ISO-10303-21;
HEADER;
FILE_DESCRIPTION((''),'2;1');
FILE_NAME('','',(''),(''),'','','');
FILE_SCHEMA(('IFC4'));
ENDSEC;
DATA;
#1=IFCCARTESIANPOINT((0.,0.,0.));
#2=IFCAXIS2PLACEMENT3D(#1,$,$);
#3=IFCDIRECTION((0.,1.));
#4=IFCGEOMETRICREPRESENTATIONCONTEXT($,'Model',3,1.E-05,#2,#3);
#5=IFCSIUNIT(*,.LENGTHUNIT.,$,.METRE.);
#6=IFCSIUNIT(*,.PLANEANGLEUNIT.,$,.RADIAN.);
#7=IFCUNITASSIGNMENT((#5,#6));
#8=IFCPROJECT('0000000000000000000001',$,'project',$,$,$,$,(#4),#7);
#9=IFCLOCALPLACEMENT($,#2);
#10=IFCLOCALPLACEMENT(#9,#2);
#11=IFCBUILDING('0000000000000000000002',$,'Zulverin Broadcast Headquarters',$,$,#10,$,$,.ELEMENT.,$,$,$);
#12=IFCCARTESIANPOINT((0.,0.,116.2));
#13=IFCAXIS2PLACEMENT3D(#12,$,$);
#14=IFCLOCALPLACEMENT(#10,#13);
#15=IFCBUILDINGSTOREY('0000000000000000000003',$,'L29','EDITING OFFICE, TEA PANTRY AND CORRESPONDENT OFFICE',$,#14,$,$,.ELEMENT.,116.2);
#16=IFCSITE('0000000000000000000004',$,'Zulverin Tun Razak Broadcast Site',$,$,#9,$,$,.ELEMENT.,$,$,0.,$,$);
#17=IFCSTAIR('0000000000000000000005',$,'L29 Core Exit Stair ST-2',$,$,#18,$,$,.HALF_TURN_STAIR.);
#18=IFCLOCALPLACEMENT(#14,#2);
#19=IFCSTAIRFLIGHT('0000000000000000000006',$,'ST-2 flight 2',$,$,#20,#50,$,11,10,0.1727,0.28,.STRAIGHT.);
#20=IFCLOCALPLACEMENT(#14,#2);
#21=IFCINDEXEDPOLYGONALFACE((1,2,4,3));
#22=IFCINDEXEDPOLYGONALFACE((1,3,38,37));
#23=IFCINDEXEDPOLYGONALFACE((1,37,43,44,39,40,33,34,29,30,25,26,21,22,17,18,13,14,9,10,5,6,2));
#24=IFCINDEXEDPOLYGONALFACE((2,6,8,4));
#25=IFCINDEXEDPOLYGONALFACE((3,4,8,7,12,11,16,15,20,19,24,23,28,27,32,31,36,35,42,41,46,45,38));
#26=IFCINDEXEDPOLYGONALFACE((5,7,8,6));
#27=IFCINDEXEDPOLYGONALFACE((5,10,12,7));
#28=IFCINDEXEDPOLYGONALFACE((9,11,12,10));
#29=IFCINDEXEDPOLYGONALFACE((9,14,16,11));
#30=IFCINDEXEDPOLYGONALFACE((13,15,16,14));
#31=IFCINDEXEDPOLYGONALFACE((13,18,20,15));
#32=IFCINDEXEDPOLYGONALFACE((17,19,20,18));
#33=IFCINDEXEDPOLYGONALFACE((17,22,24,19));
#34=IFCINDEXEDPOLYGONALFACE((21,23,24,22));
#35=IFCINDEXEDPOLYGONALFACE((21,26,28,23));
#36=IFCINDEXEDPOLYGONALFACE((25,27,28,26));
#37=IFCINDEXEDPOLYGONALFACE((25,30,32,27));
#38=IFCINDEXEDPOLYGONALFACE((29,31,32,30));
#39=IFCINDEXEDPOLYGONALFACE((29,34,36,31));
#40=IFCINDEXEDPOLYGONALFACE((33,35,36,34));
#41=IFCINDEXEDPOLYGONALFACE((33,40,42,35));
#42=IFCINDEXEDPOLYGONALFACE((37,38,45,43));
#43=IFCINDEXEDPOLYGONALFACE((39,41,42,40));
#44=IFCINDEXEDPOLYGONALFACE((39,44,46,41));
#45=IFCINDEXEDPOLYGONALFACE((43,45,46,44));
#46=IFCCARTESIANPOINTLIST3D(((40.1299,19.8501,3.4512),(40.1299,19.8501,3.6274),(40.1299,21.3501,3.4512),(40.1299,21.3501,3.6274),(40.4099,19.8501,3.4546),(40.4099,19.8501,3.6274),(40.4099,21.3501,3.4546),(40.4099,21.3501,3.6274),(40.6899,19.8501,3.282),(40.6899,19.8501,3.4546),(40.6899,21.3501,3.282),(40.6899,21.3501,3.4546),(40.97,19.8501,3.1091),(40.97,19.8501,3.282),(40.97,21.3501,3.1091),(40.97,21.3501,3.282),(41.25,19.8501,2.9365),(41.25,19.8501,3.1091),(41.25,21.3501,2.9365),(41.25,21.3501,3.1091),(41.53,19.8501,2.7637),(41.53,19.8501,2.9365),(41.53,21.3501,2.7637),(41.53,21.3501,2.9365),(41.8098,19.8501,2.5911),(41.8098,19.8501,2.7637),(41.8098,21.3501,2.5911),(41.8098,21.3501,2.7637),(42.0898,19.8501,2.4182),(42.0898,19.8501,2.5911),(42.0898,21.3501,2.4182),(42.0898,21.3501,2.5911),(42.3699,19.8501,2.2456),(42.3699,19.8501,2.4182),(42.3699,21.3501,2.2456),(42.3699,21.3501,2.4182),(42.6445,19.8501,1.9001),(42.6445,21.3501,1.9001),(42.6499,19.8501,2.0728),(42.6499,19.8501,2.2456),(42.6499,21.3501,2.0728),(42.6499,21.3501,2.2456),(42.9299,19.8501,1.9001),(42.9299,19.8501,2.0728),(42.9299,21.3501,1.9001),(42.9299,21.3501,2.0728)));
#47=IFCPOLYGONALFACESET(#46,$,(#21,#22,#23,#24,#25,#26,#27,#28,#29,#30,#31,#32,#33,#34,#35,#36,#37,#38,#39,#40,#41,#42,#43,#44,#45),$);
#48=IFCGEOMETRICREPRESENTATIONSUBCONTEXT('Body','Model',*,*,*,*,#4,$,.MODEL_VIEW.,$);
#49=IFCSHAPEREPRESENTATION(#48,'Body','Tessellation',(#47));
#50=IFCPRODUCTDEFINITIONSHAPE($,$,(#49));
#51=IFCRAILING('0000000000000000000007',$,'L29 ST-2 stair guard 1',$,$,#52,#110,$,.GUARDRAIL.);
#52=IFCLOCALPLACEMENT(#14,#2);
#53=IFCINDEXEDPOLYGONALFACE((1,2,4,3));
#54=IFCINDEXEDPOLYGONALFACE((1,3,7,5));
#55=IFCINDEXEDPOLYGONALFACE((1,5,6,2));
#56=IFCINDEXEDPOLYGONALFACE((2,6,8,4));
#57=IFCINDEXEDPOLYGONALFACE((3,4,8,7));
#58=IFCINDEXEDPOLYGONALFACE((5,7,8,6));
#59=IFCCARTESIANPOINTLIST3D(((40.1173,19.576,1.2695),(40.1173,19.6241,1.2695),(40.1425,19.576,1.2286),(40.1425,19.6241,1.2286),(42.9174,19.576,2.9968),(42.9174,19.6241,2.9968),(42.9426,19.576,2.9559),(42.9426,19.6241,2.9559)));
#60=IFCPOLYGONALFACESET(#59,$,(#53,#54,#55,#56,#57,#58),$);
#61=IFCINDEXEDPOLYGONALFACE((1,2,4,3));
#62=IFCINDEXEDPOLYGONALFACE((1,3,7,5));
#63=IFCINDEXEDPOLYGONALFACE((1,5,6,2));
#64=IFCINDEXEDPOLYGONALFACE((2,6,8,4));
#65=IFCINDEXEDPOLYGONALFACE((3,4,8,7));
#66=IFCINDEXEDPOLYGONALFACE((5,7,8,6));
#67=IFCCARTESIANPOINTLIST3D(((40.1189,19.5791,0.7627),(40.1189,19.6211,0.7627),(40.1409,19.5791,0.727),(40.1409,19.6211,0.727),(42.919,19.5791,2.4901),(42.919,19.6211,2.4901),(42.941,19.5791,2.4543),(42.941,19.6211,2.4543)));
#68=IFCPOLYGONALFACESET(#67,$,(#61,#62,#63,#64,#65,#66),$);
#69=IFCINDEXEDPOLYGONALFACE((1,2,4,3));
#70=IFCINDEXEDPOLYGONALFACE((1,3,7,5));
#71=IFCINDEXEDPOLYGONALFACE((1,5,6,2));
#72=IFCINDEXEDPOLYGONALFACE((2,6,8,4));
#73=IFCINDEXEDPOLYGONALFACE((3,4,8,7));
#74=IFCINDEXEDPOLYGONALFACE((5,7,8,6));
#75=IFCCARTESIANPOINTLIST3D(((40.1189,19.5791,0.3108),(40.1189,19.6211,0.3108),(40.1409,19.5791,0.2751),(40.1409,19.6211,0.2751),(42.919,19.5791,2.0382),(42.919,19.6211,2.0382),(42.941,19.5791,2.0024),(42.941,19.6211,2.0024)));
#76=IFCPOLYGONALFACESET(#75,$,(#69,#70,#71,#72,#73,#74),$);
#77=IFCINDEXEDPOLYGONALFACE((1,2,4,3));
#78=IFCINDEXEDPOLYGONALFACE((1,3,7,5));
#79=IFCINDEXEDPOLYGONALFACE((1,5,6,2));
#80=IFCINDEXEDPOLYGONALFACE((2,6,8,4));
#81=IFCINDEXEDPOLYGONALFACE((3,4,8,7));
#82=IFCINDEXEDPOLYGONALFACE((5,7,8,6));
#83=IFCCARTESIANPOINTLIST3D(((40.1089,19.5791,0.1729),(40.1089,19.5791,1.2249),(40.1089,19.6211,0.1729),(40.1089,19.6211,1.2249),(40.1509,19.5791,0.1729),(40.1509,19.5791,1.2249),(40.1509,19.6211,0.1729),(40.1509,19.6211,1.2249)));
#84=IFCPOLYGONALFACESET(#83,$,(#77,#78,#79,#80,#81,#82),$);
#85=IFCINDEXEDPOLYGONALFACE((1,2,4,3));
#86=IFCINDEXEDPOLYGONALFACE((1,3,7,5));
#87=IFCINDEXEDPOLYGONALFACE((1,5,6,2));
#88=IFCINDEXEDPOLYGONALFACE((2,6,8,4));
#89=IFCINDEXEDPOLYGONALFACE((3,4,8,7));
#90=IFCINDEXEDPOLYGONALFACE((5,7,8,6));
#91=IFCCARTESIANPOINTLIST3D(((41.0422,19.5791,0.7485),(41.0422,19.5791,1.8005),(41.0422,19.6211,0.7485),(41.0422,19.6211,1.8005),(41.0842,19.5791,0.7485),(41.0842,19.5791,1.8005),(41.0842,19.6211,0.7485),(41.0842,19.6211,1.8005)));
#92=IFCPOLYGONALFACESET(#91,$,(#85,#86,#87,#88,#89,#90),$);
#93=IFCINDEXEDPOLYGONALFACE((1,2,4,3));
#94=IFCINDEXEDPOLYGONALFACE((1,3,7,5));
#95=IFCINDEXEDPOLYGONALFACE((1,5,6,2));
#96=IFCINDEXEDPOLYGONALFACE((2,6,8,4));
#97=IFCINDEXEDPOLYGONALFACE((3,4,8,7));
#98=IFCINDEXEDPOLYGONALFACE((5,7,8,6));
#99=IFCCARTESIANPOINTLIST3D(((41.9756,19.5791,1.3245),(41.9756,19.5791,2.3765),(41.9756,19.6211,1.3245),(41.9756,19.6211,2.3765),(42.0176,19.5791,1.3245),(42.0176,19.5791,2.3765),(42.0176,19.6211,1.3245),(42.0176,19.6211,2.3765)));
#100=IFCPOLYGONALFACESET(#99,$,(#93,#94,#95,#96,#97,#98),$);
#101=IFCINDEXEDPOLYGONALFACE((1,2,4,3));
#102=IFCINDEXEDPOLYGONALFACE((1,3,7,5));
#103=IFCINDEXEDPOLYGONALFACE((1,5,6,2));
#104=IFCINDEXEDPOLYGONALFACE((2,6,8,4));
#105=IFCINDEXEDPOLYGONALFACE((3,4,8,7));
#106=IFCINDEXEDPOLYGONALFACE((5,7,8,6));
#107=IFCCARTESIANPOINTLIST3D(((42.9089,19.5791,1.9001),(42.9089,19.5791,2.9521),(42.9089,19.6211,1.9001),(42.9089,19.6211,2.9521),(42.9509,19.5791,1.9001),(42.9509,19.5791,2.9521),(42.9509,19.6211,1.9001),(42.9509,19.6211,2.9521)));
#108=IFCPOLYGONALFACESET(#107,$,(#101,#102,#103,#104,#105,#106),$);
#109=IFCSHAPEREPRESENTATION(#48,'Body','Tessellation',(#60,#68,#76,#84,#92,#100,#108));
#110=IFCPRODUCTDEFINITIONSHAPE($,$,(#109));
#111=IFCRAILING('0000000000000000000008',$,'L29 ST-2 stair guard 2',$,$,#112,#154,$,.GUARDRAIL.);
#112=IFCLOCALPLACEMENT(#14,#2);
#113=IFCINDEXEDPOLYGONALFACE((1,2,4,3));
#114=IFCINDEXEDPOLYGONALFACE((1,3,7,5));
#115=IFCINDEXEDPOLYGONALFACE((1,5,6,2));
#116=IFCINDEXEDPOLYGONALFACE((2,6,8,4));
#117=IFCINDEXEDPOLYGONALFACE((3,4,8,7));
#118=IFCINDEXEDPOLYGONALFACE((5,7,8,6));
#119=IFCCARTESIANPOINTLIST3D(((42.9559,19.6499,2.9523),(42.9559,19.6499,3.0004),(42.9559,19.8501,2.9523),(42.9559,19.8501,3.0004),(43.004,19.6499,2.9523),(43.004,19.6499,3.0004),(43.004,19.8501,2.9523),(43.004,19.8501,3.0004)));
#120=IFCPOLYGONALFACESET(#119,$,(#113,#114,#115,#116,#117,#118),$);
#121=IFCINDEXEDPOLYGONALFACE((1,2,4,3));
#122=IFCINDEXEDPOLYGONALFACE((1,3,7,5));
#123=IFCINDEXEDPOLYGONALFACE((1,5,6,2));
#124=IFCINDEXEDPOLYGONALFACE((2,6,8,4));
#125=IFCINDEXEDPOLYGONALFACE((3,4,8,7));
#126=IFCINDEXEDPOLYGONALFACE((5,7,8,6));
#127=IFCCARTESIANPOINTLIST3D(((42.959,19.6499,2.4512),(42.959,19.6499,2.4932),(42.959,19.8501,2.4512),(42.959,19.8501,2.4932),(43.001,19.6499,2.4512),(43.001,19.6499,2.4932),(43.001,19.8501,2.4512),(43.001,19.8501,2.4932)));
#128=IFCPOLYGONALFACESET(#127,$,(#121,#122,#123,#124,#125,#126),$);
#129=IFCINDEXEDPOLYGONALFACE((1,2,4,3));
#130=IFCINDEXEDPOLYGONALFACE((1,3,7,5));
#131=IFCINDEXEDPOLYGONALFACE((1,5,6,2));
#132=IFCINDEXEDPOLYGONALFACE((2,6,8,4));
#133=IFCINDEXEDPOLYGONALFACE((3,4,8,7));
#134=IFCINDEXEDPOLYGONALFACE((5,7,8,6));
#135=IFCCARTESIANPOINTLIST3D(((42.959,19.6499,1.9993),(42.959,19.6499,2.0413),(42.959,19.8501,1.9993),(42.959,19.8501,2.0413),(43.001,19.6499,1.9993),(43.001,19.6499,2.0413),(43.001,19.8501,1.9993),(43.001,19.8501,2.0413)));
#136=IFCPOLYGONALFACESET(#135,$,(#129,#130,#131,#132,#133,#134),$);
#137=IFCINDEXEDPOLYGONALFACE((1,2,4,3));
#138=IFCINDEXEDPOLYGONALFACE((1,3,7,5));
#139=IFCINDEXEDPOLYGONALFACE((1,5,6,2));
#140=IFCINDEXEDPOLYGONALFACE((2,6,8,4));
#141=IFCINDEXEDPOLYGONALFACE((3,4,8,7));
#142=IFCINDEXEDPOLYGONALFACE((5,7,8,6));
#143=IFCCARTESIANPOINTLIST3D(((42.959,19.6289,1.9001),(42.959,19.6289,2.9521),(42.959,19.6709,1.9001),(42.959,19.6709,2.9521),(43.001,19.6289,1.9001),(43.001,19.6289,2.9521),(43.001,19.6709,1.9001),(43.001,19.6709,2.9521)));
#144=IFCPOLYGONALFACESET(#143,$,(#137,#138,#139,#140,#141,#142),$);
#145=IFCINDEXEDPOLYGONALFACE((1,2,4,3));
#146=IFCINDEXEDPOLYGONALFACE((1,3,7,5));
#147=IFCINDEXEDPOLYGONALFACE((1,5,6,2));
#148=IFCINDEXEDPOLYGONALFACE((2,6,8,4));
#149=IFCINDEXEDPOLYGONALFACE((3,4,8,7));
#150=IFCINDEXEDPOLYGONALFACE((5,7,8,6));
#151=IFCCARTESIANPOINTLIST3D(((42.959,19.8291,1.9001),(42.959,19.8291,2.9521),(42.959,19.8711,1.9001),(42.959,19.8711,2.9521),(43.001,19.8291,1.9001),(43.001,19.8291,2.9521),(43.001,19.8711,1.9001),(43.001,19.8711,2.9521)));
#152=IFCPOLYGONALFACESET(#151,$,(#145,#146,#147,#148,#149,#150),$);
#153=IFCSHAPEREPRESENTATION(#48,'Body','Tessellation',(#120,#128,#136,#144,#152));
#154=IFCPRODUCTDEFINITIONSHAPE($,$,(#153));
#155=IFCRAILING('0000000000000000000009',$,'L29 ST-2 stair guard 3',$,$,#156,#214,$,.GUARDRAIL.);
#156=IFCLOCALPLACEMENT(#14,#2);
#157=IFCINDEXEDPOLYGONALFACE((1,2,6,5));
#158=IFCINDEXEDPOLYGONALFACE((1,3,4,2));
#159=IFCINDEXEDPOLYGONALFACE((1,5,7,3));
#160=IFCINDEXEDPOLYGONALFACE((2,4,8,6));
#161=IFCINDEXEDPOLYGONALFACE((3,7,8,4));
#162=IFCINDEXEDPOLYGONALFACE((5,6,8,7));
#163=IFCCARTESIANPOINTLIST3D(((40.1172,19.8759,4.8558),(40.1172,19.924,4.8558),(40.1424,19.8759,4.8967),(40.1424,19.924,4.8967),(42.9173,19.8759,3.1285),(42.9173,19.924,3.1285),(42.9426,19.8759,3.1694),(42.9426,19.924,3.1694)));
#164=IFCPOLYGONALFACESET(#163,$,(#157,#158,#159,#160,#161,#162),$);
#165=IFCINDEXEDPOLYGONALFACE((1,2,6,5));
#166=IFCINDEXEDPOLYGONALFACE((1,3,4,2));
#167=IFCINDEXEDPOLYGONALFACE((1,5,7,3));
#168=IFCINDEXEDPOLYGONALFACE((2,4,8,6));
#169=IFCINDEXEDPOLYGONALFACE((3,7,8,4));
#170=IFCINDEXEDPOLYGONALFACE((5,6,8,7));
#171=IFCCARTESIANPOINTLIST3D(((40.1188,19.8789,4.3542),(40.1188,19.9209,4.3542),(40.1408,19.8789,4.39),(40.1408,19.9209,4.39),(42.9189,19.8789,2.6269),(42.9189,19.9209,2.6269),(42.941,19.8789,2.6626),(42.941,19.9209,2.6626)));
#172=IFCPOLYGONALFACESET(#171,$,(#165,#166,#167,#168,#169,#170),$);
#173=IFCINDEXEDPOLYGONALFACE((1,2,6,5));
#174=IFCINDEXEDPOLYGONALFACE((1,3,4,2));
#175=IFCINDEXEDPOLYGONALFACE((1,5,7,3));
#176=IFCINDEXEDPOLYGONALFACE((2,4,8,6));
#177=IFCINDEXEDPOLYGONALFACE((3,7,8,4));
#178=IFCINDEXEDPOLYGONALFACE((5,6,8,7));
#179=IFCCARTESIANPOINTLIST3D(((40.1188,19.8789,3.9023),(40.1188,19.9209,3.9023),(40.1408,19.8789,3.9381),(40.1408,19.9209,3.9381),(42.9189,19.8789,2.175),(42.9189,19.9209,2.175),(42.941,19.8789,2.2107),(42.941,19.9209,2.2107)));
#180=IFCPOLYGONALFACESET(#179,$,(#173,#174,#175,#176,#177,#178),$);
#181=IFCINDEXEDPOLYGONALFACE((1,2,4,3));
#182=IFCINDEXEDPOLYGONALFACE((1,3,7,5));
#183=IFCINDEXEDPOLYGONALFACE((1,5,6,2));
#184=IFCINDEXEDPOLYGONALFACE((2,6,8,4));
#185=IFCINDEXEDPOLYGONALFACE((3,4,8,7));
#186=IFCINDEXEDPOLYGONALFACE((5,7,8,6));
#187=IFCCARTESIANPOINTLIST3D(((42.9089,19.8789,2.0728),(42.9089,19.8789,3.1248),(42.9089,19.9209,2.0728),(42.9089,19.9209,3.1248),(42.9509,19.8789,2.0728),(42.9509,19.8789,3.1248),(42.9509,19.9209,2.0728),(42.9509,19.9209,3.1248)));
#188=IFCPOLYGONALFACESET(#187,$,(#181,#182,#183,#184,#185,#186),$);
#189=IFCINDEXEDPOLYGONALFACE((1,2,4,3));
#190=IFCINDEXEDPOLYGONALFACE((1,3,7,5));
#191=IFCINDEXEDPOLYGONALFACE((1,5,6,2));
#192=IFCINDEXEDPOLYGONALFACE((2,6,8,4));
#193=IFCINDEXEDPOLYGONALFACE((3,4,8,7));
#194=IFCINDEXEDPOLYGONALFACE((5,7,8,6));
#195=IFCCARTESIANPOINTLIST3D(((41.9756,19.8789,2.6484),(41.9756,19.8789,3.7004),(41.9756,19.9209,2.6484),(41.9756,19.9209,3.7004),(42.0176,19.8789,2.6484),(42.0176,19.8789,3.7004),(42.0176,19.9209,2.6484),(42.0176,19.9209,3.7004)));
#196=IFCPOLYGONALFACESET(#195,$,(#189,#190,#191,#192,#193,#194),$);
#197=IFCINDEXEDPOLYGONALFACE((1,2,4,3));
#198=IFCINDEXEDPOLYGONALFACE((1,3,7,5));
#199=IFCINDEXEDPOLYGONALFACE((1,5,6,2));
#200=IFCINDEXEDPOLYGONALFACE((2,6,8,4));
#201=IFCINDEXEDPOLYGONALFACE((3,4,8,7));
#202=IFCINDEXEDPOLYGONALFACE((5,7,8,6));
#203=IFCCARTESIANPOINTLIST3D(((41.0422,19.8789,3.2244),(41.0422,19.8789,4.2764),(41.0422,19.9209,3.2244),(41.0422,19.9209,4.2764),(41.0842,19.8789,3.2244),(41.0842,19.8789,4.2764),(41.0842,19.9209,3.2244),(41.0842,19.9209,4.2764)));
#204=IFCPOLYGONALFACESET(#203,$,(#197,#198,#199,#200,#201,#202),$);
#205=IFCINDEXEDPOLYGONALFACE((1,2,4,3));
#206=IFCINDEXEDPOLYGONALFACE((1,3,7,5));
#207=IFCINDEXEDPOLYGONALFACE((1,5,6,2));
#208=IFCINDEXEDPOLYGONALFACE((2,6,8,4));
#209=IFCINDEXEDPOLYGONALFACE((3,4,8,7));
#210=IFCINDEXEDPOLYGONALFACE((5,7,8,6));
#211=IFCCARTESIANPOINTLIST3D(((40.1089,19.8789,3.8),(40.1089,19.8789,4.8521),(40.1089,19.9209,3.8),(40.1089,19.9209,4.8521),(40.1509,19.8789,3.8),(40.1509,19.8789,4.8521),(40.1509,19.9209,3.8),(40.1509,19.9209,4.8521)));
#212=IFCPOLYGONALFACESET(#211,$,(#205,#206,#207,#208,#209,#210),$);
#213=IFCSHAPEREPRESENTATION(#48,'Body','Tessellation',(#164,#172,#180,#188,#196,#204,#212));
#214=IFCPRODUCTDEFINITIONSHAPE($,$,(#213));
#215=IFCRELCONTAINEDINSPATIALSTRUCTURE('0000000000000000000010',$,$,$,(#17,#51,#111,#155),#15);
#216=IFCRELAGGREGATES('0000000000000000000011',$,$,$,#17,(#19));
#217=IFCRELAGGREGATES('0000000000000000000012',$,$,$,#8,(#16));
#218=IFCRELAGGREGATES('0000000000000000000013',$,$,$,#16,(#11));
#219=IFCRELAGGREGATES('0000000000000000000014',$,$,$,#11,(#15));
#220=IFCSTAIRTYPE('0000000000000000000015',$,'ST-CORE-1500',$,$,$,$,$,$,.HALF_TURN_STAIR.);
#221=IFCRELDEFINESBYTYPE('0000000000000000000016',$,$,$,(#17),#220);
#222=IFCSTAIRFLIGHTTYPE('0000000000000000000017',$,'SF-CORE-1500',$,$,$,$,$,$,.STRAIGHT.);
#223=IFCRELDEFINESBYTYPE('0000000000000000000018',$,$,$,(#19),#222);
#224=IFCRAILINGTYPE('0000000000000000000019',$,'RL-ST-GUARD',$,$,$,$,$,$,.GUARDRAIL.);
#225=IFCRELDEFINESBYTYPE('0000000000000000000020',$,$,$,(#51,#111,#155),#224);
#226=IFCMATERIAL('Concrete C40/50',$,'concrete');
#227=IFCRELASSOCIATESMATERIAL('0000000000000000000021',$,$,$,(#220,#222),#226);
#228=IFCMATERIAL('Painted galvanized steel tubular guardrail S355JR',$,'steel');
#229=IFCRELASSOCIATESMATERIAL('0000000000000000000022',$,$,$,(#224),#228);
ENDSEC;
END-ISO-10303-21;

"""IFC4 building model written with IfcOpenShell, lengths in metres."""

from ifc_helpers import new_model, si_unit, direction, frame, origin, origin_2d, place, context, subcontext, project, spatial, polyline, rectangle, outline, extrude, material, type_object, element, aggregate, save


model = new_model("IFC4")

# Units and contexts
model_context = context("Model", 3, precision=1e-05, world=origin(), true_north=direction((0.0, 1.0)))
body_context = subcontext(model_context, "Body", "Model", "MODEL_VIEW")
ifc_project = project(units=[si_unit("LENGTHUNIT", "METRE"), si_unit("PLANEANGLEUNIT", "RADIAN")], contexts=[model_context])

# Site, building, storey
site_placement = place(None, origin())
site = spatial("IfcSite", under=ifc_project, at=site_placement, Name="Zulverin Tun Razak Broadcast Site", CompositionType="ELEMENT", RefElevation=0.0)
building_placement = place(site_placement, origin())
building = spatial("IfcBuilding", under=site, at=building_placement, Name="Zulverin Broadcast Headquarters", CompositionType="ELEMENT")
storey_placement = place(building_placement, frame((0.0, 0.0, 116.2)))
storey = spatial("IfcBuildingStorey", under=building, at=storey_placement, Name="L29", Description="EDITING OFFICE, TEA PANTRY AND CORRESPONDENT OFFICE", CompositionType="ELEMENT", Elevation=116.2)

# Shared definitions
ifc_material_1 = material(Name="Concrete C40/50", Category="concrete")

# Stair, stair flight
stair_type = type_object("IfcStairType", Name="ST-CORE-1500", PredefinedType="HALF_TURN_STAIR", material=ifc_material_1)
stair_placement = place(storey_placement, origin())
stair = element("IfcStair", 1, at=stair_placement, inside=storey, type_object=stair_type, Name="L29 Core Exit Stair ST-2", PredefinedType="HALF_TURN_STAIR")
stair_flight_type = type_object("IfcStairFlightType", Name="SF-CORE-1500", PredefinedType="STRAIGHT", material=ifc_material_1)
stair_flight_1_placement = place(storey_placement, frame((42.9299, 20.6001, 1.9001), z_axis=(0.0, 0.0, 1.0), x_axis=(-1.0, 0.0, 0.0)))
stair_flight_1 = element("IfcStairFlight", 2, at=stair_flight_1_placement, type_object=stair_flight_type, Name="ST-2 flight 2", NumberOfRisers=11, NumberOfTreads=10, PredefinedType="STRAIGHT", RiserHeight=0.1727, TreadLength=0.28, context=body_context, shape_type="SweptSolid", body=[
    extrude(outline(polyline([(0.0, 0.0), (0.0, 0.1726), (0.28, 0.1726), (0.28, 0.3455), (0.5601, 0.3455), (0.5601, 0.5181), (0.8401, 0.5181), (0.8401, 0.6909), (1.1201, 0.6909), (1.1201, 0.8635), (1.3999, 0.8635), (1.3999, 1.0364), (1.6799, 1.0364), (1.6799, 1.209), (1.96, 1.209), (1.96, 1.3818), (2.24, 1.3818), (2.24, 1.5544), (2.52, 1.5544), (2.52, 1.7273), (2.8, 1.7273), (2.8, 1.8999), (2.8, 1.551), (0.2854, 0.0), (0.0, 0.0)])), frame((0.0, 0.75, 0.0), z_axis=(0.0, -1.0, 0.0), x_axis=(1.0, 0.0, 0.0)), (0.0, 0.0, 1.0), 1.5),
])
aggregate(stair, [stair_flight_1])

# Railings
ifc_material_2 = material(Name="Painted galvanized steel tubular guardrail S355JR", Category="steel")
railing_type_1 = type_object("IfcRailingType", Name="RL-ST-GUARD", PredefinedType="GUARDRAIL", material=ifc_material_2)
railing_1_placement = place(storey_placement, frame((40.1299, 19.6001, 0.1729)))
element("IfcRailing", 3, at=railing_1_placement, inside=storey, type_object=railing_type_1, Name="L29 ST-2 stair guard 1", PredefinedType="GUARDRAIL", context=body_context, shape_type="SweptSolid", body=[
    extrude(rectangle(XDim=0.0481, YDim=0.0481, at=origin_2d()), frame((0.0, 0.0, 1.0762), z_axis=(0.85109, 0.0, 0.52502), x_axis=(0.0, 1.0, 0.0)), (0.0, 0.0, 1.0), 3.29),
    extrude(rectangle(XDim=0.042, YDim=0.042, at=origin_2d()), frame((0.0, 0.0, 0.572), z_axis=(0.85109, 0.0, 0.52502), x_axis=(0.0, 1.0, 0.0)), (0.0, 0.0, 1.0), 3.29),
    extrude(rectangle(XDim=0.042, YDim=0.042, at=origin_2d()), frame((0.0, 0.0, 0.1201), z_axis=(0.85109, 0.0, 0.52502), x_axis=(0.0, 1.0, 0.0)), (0.0, 0.0, 1.0), 3.29),
    extrude(rectangle(XDim=0.042, YDim=0.042, at=origin_2d()), origin(), (0.0, 0.0, 1.0), 1.052),
    extrude(rectangle(XDim=0.042, YDim=0.042, at=origin_2d()), frame((0.9333, 0.0, 0.5757)), (0.0, 0.0, 1.0), 1.052),
    extrude(rectangle(XDim=0.042, YDim=0.042, at=origin_2d()), frame((1.8667, 0.0, 1.1516)), (0.0, 0.0, 1.0), 1.052),
    extrude(rectangle(XDim=0.042, YDim=0.042, at=origin_2d()), frame((2.8, 0.0, 1.7273)), (0.0, 0.0, 1.0), 1.052),
])
railing_2_placement = place(storey_placement, frame((42.98, 19.6499, 1.9001)))
element("IfcRailing", 4, at=railing_2_placement, inside=storey, type_object=railing_type_1, Name="L29 ST-2 stair guard 2", PredefinedType="GUARDRAIL", context=body_context, shape_type="SweptSolid", body=[
    extrude(rectangle(XDim=0.0481, YDim=0.0481, at=origin_2d()), frame((0.0, 0.0, 1.0762), z_axis=(0.0, 1.0, 0.0), x_axis=(-1.0, 0.0, 0.0)), (0.0, 0.0, 1.0), 0.2002),
    extrude(rectangle(XDim=0.042, YDim=0.042, at=origin_2d()), frame((0.0, 0.0, 0.572), z_axis=(0.0, 1.0, 0.0), x_axis=(-1.0, 0.0, 0.0)), (0.0, 0.0, 1.0), 0.2002),
    extrude(rectangle(XDim=0.042, YDim=0.042, at=origin_2d()), frame((0.0, 0.0, 0.1201), z_axis=(0.0, 1.0, 0.0), x_axis=(-1.0, 0.0, 0.0)), (0.0, 0.0, 1.0), 0.2002),
    extrude(rectangle(XDim=0.042, YDim=0.042, at=origin_2d()), origin(), (0.0, 0.0, 1.0), 1.052),
    extrude(rectangle(XDim=0.042, YDim=0.042, at=origin_2d()), frame((0.0, 0.2002, 0.0)), (0.0, 0.0, 1.0), 1.052),
])
railing_3_placement = place(storey_placement, frame((42.9299, 19.8999, 2.0728)))
element("IfcRailing", 5, at=railing_3_placement, inside=storey, type_object=railing_type_1, Name="L29 ST-2 stair guard 3", PredefinedType="GUARDRAIL", context=body_context, shape_type="SweptSolid", body=[
    extrude(rectangle(XDim=0.0481, YDim=0.0481, at=origin_2d()), frame((0.0, 0.0, 1.0762), z_axis=(-0.85109, 0.0, 0.52502), x_axis=(0.0, -1.0, 0.0)), (0.0, 0.0, 1.0), 3.29),
    extrude(rectangle(XDim=0.042, YDim=0.042, at=origin_2d()), frame((0.0, 0.0, 0.572), z_axis=(-0.85109, 0.0, 0.52502), x_axis=(0.0, -1.0, 0.0)), (0.0, 0.0, 1.0), 3.29),
    extrude(rectangle(XDim=0.042, YDim=0.042, at=origin_2d()), frame((0.0, 0.0, 0.1201), z_axis=(-0.85109, 0.0, 0.52502), x_axis=(0.0, -1.0, 0.0)), (0.0, 0.0, 1.0), 3.29),
    extrude(rectangle(XDim=0.042, YDim=0.042, at=origin_2d()), origin(), (0.0, 0.0, 1.0), 1.052),
    extrude(rectangle(XDim=0.042, YDim=0.042, at=origin_2d()), frame((-0.9333, 0.0, 0.5757)), (0.0, 0.0, 1.0), 1.052),
    extrude(rectangle(XDim=0.042, YDim=0.042, at=origin_2d()), frame((-1.8667, 0.0, 1.1516)), (0.0, 0.0, 1.0), 1.052),
    extrude(rectangle(XDim=0.042, YDim=0.042, at=origin_2d()), frame((-2.8, 0.0, 1.7273)), (0.0, 0.0, 1.0), 1.052),
])

save(model, "model.ifc")
